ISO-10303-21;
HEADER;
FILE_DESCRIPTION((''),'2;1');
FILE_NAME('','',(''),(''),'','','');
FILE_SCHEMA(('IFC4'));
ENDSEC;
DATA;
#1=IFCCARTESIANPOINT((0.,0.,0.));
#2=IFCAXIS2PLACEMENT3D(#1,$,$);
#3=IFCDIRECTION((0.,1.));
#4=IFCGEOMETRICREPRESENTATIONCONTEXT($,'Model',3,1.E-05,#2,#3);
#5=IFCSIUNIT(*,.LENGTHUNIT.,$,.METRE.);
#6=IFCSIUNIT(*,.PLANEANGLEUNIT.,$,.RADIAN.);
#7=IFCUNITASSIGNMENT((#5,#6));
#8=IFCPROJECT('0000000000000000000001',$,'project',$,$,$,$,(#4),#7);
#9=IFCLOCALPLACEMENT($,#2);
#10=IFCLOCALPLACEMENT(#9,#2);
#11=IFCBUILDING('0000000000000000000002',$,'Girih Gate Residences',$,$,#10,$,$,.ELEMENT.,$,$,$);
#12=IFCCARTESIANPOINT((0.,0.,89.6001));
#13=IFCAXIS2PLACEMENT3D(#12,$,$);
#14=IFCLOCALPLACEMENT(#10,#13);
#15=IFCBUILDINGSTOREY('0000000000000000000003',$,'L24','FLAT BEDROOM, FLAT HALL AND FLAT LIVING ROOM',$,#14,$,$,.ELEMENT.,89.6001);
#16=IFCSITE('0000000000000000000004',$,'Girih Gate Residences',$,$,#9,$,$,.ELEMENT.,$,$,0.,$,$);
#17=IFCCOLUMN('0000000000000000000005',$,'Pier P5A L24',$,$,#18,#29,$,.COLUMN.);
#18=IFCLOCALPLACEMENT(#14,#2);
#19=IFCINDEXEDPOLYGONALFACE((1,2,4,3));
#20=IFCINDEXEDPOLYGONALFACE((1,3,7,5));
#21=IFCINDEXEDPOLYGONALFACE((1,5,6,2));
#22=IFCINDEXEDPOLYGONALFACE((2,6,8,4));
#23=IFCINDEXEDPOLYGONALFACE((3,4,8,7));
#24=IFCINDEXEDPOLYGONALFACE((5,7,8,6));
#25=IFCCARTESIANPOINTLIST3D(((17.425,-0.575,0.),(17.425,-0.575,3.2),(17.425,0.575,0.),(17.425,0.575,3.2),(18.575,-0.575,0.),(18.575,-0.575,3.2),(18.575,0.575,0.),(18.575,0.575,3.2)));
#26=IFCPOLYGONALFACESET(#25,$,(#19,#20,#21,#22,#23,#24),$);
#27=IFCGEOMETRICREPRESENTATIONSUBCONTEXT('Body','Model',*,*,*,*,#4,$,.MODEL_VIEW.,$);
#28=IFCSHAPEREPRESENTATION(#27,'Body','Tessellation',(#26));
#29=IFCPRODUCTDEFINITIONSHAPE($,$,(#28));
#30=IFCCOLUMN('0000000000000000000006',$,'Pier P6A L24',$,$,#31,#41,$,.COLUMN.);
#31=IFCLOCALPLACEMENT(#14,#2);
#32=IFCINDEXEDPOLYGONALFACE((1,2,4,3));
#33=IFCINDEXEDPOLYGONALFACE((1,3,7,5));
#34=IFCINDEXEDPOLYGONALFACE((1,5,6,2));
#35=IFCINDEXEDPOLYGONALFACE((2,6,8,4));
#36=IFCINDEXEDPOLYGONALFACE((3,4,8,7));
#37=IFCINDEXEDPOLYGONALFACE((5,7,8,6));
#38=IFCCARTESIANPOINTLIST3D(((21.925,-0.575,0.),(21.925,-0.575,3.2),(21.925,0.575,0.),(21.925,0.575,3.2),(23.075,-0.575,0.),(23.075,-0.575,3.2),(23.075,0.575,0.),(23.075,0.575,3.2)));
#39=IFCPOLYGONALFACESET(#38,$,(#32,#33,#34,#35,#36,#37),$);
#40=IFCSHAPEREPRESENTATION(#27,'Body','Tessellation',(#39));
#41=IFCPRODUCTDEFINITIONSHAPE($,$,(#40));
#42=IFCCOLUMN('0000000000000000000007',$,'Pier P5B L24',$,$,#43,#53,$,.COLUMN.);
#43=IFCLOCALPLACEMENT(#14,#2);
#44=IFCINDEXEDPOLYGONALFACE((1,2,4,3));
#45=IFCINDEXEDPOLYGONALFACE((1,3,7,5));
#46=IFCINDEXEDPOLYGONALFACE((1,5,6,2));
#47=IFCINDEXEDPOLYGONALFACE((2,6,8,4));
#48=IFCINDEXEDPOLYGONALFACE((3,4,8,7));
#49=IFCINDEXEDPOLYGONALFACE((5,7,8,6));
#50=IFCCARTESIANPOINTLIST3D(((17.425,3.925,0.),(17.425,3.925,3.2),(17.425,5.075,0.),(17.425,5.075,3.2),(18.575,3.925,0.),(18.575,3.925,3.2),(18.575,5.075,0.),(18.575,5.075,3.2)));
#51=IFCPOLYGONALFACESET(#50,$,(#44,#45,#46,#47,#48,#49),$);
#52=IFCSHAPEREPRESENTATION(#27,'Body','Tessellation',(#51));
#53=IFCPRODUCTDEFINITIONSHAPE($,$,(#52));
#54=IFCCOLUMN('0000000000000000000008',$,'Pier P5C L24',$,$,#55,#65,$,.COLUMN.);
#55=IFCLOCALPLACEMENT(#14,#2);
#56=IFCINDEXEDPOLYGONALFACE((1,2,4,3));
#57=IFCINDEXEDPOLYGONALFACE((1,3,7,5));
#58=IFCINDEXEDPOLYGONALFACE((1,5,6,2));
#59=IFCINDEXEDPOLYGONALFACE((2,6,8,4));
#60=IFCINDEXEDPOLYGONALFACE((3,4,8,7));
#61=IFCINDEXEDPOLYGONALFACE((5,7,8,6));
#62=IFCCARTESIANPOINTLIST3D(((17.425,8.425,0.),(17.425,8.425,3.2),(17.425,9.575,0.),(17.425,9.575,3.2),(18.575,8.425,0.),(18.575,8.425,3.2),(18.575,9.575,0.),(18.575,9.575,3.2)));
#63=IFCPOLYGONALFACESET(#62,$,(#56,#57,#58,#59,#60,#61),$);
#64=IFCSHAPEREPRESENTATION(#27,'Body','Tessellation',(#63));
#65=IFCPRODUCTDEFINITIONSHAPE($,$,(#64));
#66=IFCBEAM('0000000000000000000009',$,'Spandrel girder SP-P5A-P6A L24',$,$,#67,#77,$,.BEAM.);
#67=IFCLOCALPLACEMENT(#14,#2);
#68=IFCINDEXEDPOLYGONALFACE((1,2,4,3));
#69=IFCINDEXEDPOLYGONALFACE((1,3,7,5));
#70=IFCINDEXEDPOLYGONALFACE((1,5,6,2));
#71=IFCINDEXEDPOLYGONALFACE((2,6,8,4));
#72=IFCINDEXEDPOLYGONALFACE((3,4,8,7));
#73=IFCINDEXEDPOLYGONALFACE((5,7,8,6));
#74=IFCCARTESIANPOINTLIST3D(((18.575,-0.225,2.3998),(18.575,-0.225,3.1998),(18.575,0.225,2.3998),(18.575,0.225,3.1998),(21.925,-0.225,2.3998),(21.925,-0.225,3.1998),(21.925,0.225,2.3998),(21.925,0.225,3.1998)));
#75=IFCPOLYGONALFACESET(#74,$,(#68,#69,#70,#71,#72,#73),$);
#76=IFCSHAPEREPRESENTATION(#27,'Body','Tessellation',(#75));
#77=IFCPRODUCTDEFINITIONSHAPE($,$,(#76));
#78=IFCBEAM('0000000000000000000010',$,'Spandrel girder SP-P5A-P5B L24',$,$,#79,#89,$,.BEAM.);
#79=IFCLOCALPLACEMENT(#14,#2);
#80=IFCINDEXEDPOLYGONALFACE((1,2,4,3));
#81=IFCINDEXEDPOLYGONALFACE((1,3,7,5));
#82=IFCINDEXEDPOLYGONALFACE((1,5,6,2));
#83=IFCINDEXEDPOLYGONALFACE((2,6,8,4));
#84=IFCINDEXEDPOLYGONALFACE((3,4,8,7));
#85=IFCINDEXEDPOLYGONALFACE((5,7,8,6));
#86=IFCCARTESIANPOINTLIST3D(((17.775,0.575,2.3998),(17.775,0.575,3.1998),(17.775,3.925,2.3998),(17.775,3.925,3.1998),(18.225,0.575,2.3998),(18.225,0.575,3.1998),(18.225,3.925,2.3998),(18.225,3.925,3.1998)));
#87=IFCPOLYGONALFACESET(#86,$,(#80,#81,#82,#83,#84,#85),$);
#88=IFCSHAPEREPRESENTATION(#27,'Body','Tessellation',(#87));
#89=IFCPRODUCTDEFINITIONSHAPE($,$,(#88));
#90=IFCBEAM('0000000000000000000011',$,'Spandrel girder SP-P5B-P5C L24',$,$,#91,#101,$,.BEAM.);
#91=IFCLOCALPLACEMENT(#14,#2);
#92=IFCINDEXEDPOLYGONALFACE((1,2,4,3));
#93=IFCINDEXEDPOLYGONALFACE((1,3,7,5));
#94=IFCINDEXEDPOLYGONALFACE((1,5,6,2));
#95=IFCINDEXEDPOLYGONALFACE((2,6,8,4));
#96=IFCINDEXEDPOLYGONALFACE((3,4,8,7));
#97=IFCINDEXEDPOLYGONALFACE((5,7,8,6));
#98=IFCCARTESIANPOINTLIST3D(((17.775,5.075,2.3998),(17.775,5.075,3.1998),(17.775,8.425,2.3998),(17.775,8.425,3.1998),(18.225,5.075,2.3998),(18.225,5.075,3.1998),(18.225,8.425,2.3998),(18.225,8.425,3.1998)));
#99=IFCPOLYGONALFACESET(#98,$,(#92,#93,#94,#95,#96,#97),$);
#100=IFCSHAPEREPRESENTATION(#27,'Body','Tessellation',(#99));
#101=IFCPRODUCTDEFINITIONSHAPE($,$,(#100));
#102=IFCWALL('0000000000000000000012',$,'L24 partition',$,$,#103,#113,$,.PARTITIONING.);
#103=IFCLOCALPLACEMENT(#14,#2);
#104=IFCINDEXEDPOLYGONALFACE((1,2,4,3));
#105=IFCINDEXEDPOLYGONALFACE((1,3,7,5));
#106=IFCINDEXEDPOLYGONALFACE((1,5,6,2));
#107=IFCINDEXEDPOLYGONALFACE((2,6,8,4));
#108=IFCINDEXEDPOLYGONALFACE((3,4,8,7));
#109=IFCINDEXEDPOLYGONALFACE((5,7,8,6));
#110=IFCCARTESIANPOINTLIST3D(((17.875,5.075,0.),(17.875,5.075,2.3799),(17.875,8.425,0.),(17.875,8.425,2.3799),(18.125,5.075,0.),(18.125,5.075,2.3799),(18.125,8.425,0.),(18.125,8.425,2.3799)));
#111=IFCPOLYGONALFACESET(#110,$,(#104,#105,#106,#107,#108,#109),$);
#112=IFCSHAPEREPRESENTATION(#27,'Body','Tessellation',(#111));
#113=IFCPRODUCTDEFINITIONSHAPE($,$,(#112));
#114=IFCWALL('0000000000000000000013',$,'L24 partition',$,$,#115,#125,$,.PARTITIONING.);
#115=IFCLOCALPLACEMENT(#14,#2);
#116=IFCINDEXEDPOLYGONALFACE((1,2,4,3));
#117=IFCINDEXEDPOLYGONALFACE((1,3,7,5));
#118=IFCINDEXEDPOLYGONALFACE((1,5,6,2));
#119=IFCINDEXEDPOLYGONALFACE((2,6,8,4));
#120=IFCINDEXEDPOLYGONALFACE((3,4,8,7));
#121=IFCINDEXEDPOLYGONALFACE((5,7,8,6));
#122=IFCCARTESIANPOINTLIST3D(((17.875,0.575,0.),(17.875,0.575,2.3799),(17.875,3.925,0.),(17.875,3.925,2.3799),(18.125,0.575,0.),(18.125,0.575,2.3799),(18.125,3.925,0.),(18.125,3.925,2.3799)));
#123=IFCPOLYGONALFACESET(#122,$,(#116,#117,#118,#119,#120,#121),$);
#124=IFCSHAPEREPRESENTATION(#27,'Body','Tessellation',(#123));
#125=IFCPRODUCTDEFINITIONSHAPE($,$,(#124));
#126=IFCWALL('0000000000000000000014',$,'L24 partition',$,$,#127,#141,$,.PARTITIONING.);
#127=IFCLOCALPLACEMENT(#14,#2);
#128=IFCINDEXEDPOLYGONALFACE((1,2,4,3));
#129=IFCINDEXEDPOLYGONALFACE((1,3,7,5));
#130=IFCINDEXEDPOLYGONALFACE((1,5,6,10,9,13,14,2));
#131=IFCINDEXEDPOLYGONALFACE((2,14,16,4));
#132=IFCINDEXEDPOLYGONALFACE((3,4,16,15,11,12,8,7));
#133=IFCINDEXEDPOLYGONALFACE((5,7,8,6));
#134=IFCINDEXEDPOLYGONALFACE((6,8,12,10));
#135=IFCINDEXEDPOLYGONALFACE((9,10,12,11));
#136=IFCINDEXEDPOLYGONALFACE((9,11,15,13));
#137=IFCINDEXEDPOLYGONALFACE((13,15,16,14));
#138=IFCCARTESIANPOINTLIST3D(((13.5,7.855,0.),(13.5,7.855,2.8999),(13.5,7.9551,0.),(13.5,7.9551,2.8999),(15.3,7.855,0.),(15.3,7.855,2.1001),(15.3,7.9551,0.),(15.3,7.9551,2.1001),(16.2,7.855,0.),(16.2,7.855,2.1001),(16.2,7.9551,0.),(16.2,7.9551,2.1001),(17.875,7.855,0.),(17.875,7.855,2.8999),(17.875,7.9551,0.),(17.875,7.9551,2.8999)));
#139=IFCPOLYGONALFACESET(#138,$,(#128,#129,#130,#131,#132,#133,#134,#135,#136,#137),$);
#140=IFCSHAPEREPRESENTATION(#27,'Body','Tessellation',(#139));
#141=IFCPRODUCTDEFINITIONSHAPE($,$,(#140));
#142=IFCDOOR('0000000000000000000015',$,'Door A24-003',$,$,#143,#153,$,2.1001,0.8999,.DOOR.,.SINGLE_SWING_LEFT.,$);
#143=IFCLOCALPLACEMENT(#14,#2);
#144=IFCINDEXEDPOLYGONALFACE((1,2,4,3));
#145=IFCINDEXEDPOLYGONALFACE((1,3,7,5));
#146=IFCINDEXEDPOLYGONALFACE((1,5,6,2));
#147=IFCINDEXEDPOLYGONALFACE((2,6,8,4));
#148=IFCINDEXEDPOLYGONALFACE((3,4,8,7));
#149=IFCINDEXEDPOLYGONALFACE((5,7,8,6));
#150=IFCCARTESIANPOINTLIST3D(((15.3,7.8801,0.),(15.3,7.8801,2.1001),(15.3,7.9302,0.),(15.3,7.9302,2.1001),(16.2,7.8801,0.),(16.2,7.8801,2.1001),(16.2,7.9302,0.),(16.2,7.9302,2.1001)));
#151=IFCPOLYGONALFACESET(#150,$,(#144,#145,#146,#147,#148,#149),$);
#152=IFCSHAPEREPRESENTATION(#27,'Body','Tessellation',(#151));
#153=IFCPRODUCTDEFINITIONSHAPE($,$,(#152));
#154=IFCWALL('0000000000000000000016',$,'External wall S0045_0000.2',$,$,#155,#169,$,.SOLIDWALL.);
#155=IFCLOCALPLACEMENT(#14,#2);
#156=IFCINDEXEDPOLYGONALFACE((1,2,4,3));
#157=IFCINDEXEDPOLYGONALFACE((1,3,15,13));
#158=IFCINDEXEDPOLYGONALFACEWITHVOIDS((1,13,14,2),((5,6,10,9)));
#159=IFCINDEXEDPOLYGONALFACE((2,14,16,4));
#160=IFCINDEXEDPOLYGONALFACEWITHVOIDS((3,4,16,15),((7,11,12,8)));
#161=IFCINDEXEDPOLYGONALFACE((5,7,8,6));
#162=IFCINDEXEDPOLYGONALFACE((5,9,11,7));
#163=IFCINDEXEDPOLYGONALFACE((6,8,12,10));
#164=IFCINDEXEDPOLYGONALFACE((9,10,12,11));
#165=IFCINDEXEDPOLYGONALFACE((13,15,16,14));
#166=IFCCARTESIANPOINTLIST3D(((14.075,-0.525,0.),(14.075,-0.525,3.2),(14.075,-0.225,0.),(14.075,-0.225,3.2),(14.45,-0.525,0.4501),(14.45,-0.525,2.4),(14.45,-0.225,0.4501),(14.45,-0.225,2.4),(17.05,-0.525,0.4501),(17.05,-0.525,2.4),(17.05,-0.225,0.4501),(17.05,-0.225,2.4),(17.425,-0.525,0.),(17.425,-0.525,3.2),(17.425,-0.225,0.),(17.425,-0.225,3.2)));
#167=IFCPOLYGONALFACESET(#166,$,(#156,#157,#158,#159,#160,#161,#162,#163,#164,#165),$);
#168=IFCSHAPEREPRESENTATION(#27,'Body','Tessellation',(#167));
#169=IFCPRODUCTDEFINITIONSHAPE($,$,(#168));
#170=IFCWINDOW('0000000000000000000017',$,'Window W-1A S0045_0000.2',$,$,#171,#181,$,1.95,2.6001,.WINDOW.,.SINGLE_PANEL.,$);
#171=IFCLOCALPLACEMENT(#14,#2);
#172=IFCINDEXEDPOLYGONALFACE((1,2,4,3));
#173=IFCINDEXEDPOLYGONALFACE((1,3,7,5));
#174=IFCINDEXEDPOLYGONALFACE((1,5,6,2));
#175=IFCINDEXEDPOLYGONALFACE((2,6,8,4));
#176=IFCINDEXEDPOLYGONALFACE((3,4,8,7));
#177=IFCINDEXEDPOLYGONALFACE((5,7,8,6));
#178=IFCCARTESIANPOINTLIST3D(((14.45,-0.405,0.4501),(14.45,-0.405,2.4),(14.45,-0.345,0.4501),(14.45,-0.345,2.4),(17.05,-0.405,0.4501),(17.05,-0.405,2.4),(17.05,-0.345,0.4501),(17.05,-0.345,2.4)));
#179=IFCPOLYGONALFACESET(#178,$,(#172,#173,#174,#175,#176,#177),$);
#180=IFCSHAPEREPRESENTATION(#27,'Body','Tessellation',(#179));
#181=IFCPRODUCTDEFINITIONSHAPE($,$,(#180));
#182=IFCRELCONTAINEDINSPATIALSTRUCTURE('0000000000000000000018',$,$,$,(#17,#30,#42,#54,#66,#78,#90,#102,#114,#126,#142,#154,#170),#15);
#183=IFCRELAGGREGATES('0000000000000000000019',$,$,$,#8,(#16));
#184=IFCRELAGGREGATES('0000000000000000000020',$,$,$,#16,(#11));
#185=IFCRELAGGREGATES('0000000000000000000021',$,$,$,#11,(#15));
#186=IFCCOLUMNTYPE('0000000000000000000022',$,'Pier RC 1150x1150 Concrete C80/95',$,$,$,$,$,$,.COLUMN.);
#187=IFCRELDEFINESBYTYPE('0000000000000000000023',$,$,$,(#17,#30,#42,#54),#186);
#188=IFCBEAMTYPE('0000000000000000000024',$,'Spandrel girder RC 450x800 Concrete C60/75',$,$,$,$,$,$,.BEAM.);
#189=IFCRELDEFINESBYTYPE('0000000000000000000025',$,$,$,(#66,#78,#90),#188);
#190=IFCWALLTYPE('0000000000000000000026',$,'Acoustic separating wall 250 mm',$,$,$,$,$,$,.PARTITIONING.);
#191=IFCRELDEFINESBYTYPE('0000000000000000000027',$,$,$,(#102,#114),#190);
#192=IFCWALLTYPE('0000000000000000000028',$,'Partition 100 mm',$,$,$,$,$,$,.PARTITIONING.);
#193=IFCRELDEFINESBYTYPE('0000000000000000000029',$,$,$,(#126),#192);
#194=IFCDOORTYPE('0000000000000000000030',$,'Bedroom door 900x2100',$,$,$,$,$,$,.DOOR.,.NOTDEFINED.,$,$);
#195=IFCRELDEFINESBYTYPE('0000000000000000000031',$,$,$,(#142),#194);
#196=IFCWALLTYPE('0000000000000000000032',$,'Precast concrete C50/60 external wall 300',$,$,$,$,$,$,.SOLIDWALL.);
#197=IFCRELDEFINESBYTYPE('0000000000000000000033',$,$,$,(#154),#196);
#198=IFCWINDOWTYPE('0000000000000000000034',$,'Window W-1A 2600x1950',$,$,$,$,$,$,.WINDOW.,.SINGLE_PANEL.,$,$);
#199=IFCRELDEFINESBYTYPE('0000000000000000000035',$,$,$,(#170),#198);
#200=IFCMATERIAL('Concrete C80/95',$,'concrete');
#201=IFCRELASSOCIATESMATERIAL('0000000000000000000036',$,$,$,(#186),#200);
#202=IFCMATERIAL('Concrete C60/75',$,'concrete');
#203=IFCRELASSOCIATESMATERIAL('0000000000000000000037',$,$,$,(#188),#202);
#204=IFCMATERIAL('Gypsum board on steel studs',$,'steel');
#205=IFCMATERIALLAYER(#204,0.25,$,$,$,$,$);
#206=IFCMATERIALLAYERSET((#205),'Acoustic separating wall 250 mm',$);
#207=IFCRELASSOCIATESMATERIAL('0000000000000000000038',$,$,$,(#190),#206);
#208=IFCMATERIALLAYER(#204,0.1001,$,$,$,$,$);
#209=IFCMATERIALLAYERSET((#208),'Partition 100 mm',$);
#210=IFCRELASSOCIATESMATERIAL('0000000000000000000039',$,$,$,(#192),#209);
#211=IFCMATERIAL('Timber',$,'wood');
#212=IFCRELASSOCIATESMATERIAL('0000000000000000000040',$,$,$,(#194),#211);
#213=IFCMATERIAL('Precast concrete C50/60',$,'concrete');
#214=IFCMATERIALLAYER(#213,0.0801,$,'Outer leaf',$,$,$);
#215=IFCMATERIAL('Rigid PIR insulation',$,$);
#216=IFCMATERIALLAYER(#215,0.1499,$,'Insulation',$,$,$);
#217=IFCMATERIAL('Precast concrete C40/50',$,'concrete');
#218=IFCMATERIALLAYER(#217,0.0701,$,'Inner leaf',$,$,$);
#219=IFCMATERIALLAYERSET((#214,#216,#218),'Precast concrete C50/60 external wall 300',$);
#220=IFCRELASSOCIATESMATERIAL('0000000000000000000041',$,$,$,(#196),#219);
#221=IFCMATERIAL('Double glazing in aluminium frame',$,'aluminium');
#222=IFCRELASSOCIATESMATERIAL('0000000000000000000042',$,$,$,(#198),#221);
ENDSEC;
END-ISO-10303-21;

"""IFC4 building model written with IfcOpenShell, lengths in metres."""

from ifc_helpers import new_model, si_unit, direction, frame, frame_2d, origin, origin_2d, place, context, subcontext, project, spatial, rectangle, extrude, material, layer, layer_set, material_profile, profile_set, type_object, element, fill, save


model = new_model("IFC4")

# Units and contexts
model_context = context("Model", 3, precision=1e-05, world=origin(), true_north=direction((0.0, 1.0)))
body_context = subcontext(model_context, "Body", "Model", "MODEL_VIEW")
ifc_project = project(units=[si_unit("LENGTHUNIT", "METRE"), si_unit("PLANEANGLEUNIT", "RADIAN")], contexts=[model_context])

# Site, building, storey
site_placement = place(None, origin())
site = spatial("IfcSite", under=ifc_project, at=site_placement, Name="Girih Gate Residences", CompositionType="ELEMENT", RefElevation=0.0)
building_placement = place(site_placement, origin())
building = spatial("IfcBuilding", under=site, at=building_placement, Name="Girih Gate Residences", CompositionType="ELEMENT")
storey_placement = place(building_placement, frame((0.0, 0.0, 89.6001)))
storey = spatial("IfcBuildingStorey", under=building, at=storey_placement, Name="L24", Description="FLAT BEDROOM, FLAT HALL AND FLAT LIVING ROOM", CompositionType="ELEMENT", Elevation=89.6001)

# Columns
ifc_material_1 = material(Name="Concrete C80/95", Category="concrete")
ifc_material_profile_1 = material_profile(ifc_material_1, rectangle(XDim=1.1499, YDim=1.1499, at=origin_2d()))
ifc_profile_set_1 = profile_set([ifc_material_profile_1], Name="Concrete C80/95")
column_type = type_object("IfcColumnType", Name="Pier RC 1150x1150 Concrete C80/95", PredefinedType="COLUMN", material=ifc_profile_set_1)
for number, where, z_axis, x_axis, name in (
    (1, (18.0, 0.0, 0.0), (0.0, 0.0, 1.0), (1.0, 0.0, 0.0), "Pier P5A L24"),
    (2, (22.5, 0.0, 0.0), (0.0, 0.0, 1.0), (1.0, 0.0, 0.0), "Pier P6A L24"),
    (3, (18.0, 4.5, 0.0), (0.0, 0.0, 1.0), (1.0, 0.0, 0.0), "Pier P5B L24"),
    (4, (18.0, 9.0, 0.0), (0.0, 0.0, 1.0), (1.0, 0.0, 0.0), "Pier P5C L24"),
):
    element("IfcColumn", number, at=place(storey_placement, frame(where, z_axis=z_axis, x_axis=x_axis)), inside=storey, type_object=column_type, Name=name, PredefinedType="COLUMN", context=body_context, shape_type="SweptSolid", body=[
        extrude(rectangle(XDim=1.1499, YDim=1.1499, at=origin_2d()), origin(), (0.0, 0.0, 1.0), 3.2),
    ])

# Beams
ifc_material_2 = material(Name="Concrete C60/75", Category="concrete")
ifc_material_profile_2 = material_profile(ifc_material_2, rectangle(XDim=0.45, YDim=0.8, at=origin_2d()))
ifc_profile_set_2 = profile_set([ifc_material_profile_2], Name="Concrete C60/75")
beam_type = type_object("IfcBeamType", Name="Spandrel girder RC 450x800 Concrete C60/75", PredefinedType="BEAM", material=ifc_profile_set_2)
for number, where, z_axis, x_axis, name in (
    (5, (18.575, 0.0, 2.7998), (1.0, 0.0, 0.0), (0.0, 1.0, 0.0), "Spandrel girder SP-P5A-P6A L24"),
    (6, (18.0, 0.575, 2.7998), (0.0, 1.0, 0.0), (-1.0, 0.0, 0.0), "Spandrel girder SP-P5A-P5B L24"),
    (7, (18.0, 5.075, 2.7998), (0.0, 1.0, 0.0), (-1.0, 0.0, 0.0), "Spandrel girder SP-P5B-P5C L24"),
):
    element("IfcBeam", number, at=place(storey_placement, frame(where, z_axis=z_axis, x_axis=x_axis)), inside=storey, type_object=beam_type, Name=name, PredefinedType="BEAM", context=body_context, shape_type="SweptSolid", body=[
        extrude(rectangle(XDim=0.45, YDim=0.8, at=origin_2d()), origin(), (0.0, 0.0, 1.0), 3.3501),
    ])

# Walls
ifc_material_3 = material(Name="Gypsum board on steel studs", Category="steel")
ifc_layer_1 = layer(ifc_material_3, 0.25)
ifc_layer_set_1 = layer_set([ifc_layer_1], Name="Acoustic separating wall 250 mm")
wall_type_1 = type_object("IfcWallType", Name="Acoustic separating wall 250 mm", PredefinedType="PARTITIONING", material=ifc_layer_set_1)
for number, where, z_axis, x_axis, name in (
    (8, (18.0, 5.075, 0.0), (0.0, 0.0, 1.0), (0.0, 1.0, 0.0), "L24 partition"),
    (9, (18.0, 0.575, 0.0), (0.0, 0.0, 1.0), (0.0, 1.0, 0.0), "L24 partition"),
):
    element("IfcWall", number, at=place(storey_placement, frame(where, z_axis=z_axis, x_axis=x_axis)), inside=storey, type_object=wall_type_1, Name=name, PredefinedType="PARTITIONING", context=body_context, shape_type="SweptSolid", body=[
        extrude(rectangle(XDim=3.3501, YDim=0.25, at=frame_2d((1.675, 0.0))), origin(), (0.0, 0.0, 1.0), 2.3799),
    ])

# Wall, opening, door
ifc_layer_2 = layer(ifc_material_3, 0.1001)
ifc_layer_set_2 = layer_set([ifc_layer_2], Name="Partition 100 mm")
wall_type_2 = type_object("IfcWallType", Name="Partition 100 mm", PredefinedType="PARTITIONING", material=ifc_layer_set_2)
wall_1_placement = place(storey_placement, frame((17.875, 7.905, 0.0), z_axis=(0.0, 0.0, 1.0), x_axis=(-1.0, 0.0, 0.0)))
wall_1 = element("IfcWall", 10, at=wall_1_placement, inside=storey, type_object=wall_type_2, Name="L24 partition", PredefinedType="PARTITIONING", context=body_context, shape_type="SweptSolid", body=[
    extrude(rectangle(XDim=4.375, YDim=0.1001, at=frame_2d((2.1875, 0.0))), origin(), (0.0, 0.0, 1.0), 2.8999),
])
opening_1_placement = place(wall_1_placement, frame((1.675, 0.0, 0.0)))
opening_1 = element("IfcOpeningElement", 11, at=opening_1_placement, cuts=wall_1, PredefinedType="OPENING", context=body_context, shape_type="SweptSolid", body=[
    extrude(rectangle(XDim=0.8999, YDim=2.1001, at=frame_2d((0.45, 1.05))), frame((0.0, 0.0601, 0.0), z_axis=(0.0, -1.0, 0.0), x_axis=(1.0, 0.0, 0.0)), (0.0, 0.0, 1.0), 0.1201),
])
ifc_material_4 = material(Name="Timber", Category="wood")
door_type = type_object("IfcDoorType", Name="Bedroom door 900x2100", OperationType="NOTDEFINED", PredefinedType="DOOR", material=ifc_material_4)
door_placement = place(opening_1_placement, origin())
door = element("IfcDoor", 12, at=door_placement, inside=storey, type_object=door_type, Name="Door A24-003", OperationType="SINGLE_SWING_LEFT", OverallHeight=2.1001, OverallWidth=0.8999, PredefinedType="DOOR", context=body_context, shape_type="SweptSolid", body=[
    extrude(rectangle(XDim=0.8999, YDim=2.1001, at=frame_2d((0.45, 1.05))), frame((0.0, 0.0249, 0.0), z_axis=(0.0, -1.0, 0.0), x_axis=(1.0, 0.0, 0.0)), (0.0, 0.0, 1.0), 0.05),
])
fill(opening_1, door)

# Wall, opening, window
ifc_material_5 = material(Name="Precast concrete C50/60", Category="concrete")
ifc_layer_3 = layer(ifc_material_5, 0.0801, Name="Outer leaf")
ifc_material_6 = material(Name="Rigid PIR insulation")
ifc_layer_4 = layer(ifc_material_6, 0.1499, Name="Insulation")
ifc_material_7 = material(Name="Precast concrete C40/50", Category="concrete")
ifc_layer_5 = layer(ifc_material_7, 0.0701, Name="Inner leaf")
ifc_layer_set_3 = layer_set([ifc_layer_3, ifc_layer_4, ifc_layer_5], Name="Precast concrete C50/60 external wall 300")
wall_type_3 = type_object("IfcWallType", Name="Precast concrete C50/60 external wall 300", PredefinedType="SOLIDWALL", material=ifc_layer_set_3)
wall_2_placement = place(storey_placement, frame((17.425, -0.375, 0.0), z_axis=(0.0, 0.0, 1.0), x_axis=(-1.0, 0.0, 0.0)))
wall_2 = element("IfcWall", 13, at=wall_2_placement, inside=storey, type_object=wall_type_3, Name="External wall S0045_0000.2", PredefinedType="SOLIDWALL", context=body_context, shape_type="SweptSolid", body=[
    extrude(rectangle(XDim=3.3501, YDim=0.3, at=frame_2d((1.675, 0.0))), origin(), (0.0, 0.0, 1.0), 3.2),
])
opening_2_placement = place(wall_2_placement, frame((0.375, 0.0, 0.45)))
opening_2 = element("IfcOpeningElement", 14, at=opening_2_placement, cuts=wall_2, PredefinedType="OPENING", context=body_context, shape_type="SweptSolid", body=[
    extrude(rectangle(XDim=2.6001, YDim=1.95, at=frame_2d((1.3, 0.9751))), frame((0.0, 0.1599, 0.0), z_axis=(0.0, -1.0, 0.0), x_axis=(1.0, 0.0, 0.0)), (0.0, 0.0, 1.0), 0.3201),
])
ifc_material_8 = material(Name="Double glazing in aluminium frame", Category="aluminium")
window_type = type_object("IfcWindowType", Name="Window W-1A 2600x1950", PartitioningType="SINGLE_PANEL", PredefinedType="WINDOW", material=ifc_material_8)
window_1_placement = place(opening_2_placement, origin())
window_1 = element("IfcWindow", 15, at=window_1_placement, inside=storey, type_object=window_type, Name="Window W-1A S0045_0000.2", OverallHeight=1.95, OverallWidth=2.6001, PartitioningType="SINGLE_PANEL", PredefinedType="WINDOW", context=body_context, shape_type="SweptSolid", body=[
    extrude(rectangle(XDim=2.6001, YDim=1.95, at=frame_2d((1.3, 0.9751))), frame((0.0, 0.03, 0.0), z_axis=(0.0, -1.0, 0.0), x_axis=(1.0, 0.0, 0.0)), (0.0, 0.0, 1.0), 0.0601),
])
fill(opening_2, window_1)

save(model, "model.ifc")
